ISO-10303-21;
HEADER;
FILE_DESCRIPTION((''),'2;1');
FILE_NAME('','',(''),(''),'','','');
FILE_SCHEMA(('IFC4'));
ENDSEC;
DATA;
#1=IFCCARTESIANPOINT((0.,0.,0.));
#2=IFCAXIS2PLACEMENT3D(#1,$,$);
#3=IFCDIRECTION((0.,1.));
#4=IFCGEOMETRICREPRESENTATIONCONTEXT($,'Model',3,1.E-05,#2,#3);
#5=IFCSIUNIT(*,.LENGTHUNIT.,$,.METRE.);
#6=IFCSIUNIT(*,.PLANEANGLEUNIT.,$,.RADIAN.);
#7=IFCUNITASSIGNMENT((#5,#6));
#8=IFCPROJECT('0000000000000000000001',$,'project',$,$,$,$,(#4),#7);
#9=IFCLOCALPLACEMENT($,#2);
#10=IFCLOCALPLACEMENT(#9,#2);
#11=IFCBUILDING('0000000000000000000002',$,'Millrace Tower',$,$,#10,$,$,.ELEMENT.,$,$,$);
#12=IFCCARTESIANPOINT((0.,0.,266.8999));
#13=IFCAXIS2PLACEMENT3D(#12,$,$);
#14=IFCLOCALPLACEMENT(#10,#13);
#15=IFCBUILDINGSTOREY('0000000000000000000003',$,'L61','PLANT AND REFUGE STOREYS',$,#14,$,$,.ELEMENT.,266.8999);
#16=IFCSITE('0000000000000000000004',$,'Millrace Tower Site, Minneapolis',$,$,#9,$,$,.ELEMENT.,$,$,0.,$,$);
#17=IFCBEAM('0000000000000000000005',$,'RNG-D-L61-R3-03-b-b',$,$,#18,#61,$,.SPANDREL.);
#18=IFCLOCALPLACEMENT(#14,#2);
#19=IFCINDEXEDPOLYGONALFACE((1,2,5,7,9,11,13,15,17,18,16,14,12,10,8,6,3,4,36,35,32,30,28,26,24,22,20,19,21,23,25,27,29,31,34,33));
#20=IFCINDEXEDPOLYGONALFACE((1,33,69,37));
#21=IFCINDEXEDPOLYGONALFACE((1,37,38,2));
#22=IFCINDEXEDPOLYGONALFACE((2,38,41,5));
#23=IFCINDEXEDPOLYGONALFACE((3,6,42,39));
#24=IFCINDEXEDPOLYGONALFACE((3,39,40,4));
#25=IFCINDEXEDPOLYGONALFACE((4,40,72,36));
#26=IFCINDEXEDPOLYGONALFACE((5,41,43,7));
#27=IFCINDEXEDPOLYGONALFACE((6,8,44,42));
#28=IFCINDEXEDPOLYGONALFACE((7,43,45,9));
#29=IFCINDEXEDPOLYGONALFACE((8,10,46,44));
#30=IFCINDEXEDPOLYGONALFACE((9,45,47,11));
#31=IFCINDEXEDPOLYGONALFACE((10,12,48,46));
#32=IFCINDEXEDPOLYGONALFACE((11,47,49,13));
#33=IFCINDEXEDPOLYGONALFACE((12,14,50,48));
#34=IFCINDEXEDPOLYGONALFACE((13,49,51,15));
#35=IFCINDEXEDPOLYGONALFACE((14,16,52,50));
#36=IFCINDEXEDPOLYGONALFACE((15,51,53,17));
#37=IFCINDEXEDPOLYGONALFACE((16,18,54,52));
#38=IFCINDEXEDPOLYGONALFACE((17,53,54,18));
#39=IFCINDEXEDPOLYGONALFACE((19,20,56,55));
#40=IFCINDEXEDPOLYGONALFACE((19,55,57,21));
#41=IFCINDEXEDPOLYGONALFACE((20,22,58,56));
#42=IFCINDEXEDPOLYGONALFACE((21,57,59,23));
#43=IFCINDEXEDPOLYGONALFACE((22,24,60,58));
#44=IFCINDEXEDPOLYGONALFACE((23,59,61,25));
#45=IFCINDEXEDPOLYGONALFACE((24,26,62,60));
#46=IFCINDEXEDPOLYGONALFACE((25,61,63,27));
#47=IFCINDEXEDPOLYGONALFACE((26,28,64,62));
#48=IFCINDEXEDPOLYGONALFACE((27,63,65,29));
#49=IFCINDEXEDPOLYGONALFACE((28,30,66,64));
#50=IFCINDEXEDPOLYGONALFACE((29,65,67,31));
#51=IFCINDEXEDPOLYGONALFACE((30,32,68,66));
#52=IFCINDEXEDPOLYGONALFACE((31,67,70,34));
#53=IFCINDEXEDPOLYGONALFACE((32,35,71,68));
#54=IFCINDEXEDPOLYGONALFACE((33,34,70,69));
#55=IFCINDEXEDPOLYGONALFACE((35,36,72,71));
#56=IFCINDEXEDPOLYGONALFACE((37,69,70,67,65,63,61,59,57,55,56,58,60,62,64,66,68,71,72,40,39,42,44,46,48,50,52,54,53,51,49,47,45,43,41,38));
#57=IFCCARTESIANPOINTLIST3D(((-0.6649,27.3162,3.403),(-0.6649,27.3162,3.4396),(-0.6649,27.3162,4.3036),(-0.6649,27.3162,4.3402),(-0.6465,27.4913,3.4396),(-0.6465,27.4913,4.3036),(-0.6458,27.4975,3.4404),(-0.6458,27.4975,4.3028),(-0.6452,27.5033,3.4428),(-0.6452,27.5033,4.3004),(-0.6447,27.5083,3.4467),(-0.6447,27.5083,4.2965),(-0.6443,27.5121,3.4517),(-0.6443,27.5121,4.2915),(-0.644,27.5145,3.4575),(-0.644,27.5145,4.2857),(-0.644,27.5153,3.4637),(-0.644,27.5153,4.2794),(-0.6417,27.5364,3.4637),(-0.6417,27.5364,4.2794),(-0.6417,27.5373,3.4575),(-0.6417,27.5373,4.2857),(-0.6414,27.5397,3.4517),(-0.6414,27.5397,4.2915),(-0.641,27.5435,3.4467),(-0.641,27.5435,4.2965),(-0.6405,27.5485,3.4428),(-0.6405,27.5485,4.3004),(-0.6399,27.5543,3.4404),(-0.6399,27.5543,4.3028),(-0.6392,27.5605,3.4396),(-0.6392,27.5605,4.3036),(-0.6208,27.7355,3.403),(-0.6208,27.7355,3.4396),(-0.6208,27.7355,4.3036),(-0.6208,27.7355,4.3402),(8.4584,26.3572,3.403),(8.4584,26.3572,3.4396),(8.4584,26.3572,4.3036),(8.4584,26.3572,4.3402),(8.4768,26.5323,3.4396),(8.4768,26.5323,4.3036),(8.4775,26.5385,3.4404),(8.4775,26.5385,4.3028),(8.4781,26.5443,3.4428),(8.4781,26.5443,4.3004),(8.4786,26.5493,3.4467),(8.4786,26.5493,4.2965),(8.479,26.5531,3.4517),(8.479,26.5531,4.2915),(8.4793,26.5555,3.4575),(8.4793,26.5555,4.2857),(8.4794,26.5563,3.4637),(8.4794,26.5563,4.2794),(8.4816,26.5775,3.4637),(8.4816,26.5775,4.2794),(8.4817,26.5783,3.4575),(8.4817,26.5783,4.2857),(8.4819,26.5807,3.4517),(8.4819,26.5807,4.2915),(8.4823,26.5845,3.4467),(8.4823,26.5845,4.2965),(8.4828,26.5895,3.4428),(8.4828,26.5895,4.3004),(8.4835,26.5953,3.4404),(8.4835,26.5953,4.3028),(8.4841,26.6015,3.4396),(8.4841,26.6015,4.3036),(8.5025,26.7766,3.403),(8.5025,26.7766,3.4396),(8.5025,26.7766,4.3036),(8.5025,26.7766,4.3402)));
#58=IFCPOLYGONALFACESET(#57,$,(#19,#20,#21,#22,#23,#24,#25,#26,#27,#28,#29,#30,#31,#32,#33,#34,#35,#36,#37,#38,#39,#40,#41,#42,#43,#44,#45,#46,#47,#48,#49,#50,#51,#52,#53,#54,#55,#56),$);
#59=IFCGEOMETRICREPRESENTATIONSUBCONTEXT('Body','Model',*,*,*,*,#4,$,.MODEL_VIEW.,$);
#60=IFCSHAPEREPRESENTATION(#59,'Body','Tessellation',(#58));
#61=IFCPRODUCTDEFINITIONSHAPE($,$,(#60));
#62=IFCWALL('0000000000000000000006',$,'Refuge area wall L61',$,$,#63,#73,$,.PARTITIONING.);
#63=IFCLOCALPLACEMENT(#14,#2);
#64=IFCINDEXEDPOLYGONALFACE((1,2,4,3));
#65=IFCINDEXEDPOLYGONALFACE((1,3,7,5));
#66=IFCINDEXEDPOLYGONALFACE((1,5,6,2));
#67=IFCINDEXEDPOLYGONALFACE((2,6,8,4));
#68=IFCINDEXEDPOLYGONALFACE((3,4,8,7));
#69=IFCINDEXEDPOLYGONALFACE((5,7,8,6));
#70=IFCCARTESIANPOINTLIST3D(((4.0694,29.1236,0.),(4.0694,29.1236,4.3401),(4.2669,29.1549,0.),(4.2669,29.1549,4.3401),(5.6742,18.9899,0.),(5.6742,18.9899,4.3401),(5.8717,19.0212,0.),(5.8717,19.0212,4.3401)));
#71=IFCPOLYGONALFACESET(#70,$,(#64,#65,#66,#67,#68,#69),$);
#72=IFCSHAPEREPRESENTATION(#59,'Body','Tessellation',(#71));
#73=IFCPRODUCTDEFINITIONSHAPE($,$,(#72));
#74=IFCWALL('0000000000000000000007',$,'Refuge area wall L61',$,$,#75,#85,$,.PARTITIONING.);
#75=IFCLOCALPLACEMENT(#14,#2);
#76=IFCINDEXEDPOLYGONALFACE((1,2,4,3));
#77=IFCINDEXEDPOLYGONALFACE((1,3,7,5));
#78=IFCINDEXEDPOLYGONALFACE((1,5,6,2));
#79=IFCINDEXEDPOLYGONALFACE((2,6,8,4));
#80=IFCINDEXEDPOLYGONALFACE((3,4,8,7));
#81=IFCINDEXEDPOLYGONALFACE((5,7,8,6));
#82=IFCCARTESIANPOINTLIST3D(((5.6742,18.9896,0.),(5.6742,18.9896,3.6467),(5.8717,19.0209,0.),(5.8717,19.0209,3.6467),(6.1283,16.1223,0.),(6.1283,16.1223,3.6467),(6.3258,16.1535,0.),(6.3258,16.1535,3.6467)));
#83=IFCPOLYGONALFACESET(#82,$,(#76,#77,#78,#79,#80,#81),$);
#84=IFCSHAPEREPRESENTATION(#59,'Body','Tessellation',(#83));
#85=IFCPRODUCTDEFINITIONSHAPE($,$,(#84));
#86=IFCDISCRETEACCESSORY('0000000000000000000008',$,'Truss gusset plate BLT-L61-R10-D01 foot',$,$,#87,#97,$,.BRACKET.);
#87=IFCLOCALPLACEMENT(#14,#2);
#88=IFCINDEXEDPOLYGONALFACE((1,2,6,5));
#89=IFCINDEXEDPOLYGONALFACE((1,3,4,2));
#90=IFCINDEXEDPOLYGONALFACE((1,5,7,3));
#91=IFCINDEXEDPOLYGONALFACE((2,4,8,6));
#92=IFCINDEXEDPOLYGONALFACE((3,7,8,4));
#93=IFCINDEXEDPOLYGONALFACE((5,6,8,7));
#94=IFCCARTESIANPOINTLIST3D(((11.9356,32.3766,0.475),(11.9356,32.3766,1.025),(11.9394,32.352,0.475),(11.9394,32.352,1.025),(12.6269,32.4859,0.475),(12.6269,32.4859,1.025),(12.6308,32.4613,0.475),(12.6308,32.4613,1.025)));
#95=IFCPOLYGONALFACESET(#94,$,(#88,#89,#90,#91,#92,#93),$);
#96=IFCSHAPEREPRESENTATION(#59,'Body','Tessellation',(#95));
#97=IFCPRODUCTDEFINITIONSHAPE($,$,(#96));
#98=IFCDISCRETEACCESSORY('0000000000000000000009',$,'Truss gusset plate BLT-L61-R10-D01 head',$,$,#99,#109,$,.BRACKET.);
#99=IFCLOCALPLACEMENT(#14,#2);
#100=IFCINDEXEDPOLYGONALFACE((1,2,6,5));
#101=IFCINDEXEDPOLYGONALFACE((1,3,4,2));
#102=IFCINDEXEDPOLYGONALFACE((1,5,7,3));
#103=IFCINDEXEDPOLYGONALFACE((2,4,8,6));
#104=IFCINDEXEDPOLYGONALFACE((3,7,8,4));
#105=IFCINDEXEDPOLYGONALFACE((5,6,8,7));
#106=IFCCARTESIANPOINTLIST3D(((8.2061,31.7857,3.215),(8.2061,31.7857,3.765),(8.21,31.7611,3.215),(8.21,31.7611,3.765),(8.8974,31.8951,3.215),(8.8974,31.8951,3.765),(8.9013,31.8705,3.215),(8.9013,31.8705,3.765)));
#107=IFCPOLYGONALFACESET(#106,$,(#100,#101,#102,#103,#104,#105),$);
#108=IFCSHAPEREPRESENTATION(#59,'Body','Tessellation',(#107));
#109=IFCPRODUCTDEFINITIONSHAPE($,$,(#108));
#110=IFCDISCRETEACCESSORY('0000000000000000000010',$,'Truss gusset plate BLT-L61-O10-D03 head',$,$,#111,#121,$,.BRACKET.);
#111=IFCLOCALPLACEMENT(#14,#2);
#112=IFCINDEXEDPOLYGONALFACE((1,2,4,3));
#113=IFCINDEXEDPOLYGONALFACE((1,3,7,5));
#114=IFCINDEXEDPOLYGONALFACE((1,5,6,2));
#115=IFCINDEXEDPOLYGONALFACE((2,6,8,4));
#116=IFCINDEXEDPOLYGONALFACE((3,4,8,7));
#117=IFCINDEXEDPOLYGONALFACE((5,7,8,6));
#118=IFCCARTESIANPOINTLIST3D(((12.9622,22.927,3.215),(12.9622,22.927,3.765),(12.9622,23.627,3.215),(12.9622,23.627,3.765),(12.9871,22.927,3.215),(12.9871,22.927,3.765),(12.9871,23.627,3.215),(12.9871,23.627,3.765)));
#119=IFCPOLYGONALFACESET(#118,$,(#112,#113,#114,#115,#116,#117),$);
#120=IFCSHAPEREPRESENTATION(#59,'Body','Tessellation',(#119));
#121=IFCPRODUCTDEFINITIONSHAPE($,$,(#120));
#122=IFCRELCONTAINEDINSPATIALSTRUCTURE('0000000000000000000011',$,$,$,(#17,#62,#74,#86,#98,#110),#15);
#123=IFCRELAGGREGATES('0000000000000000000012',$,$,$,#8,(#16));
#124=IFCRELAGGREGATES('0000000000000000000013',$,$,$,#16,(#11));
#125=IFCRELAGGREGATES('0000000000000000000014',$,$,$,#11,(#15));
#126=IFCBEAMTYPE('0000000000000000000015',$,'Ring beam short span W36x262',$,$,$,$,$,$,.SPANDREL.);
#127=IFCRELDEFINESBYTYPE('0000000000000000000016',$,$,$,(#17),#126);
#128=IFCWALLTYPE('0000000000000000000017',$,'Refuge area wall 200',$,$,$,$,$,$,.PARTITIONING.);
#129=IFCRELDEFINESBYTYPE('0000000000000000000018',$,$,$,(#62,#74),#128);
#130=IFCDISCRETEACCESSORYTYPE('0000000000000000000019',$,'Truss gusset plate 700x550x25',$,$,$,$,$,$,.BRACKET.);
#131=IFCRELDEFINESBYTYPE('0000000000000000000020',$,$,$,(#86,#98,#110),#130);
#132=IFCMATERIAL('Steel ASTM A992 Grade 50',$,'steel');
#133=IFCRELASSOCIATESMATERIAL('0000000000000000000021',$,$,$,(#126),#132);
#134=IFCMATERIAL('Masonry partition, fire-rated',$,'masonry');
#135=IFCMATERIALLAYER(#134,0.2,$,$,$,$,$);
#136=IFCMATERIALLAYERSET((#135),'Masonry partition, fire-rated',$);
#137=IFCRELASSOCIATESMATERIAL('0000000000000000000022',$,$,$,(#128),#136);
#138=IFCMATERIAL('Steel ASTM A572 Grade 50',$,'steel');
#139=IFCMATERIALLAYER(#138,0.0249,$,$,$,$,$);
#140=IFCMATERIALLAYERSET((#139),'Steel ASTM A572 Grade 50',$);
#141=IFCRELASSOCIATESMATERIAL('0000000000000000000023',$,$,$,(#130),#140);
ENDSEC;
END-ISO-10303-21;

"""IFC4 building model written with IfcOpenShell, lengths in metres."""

from ifc_helpers import new_model, si_unit, direction, frame, frame_2d, origin, origin_2d, place, context, subcontext, project, spatial, rectangle, i_section, extrude, material, layer, layer_set, material_profile, profile_set, type_object, element, save


model = new_model("IFC4")

# Units and contexts
model_context = context("Model", 3, precision=1e-05, world=origin(), true_north=direction((0.0, 1.0)))
body_context = subcontext(model_context, "Body", "Model", "MODEL_VIEW")
ifc_project = project(units=[si_unit("LENGTHUNIT", "METRE"), si_unit("PLANEANGLEUNIT", "RADIAN")], contexts=[model_context])

# Site, building, storey
site_placement = place(None, origin())
site = spatial("IfcSite", under=ifc_project, at=site_placement, Name="Millrace Tower Site, Minneapolis", CompositionType="ELEMENT", RefElevation=0.0)
building_placement = place(site_placement, origin())
building = spatial("IfcBuilding", under=site, at=building_placement, Name="Millrace Tower", CompositionType="ELEMENT")
storey_placement = place(building_placement, frame((0.0, 0.0, 266.8999)))
storey = spatial("IfcBuildingStorey", under=building, at=storey_placement, Name="L61", Description="PLANT AND REFUGE STOREYS", CompositionType="ELEMENT", Elevation=266.8999)

# Beam
ifc_material_1 = material(Name="Steel ASTM A992 Grade 50", Category="steel")
ifc_material_profile_1 = material_profile(ifc_material_1, i_section(OverallWidth=0.4216, OverallDepth=0.9373, WebThickness=0.0212, FlangeThickness=0.0366, FilletRadius=0.0242, at=origin_2d()))
ifc_profile_set_1 = profile_set([ifc_material_profile_1], Name="Steel ASTM A992 Grade 50")
beam_type_1 = type_object("IfcBeamType", Name="Ring beam short span W36x262", PredefinedType="SPANDREL", material=ifc_profile_set_1)
beam_1_placement = place(storey_placement, frame((8.4805, 26.5669, 3.8716), z_axis=(-0.994521, 0.104538, 0.0), x_axis=(-0.104538, -0.994521, 0.0)))
element("IfcBeam", 1, at=beam_1_placement, inside=storey, type_object=beam_type_1, Name="RNG-D-L61-R3-03-b-b", PredefinedType="SPANDREL", context=body_context, shape_type="SweptSolid", body=[
    extrude(i_section(OverallWidth=0.4216, OverallDepth=0.9373, WebThickness=0.0212, FlangeThickness=0.0366, FilletRadius=0.0242, at=origin_2d()), origin(), (0.0, 0.0, 1.0), 9.1736),
])

# Walls
ifc_material_2 = material(Name="Masonry partition, fire-rated", Category="masonry")
ifc_layer_1 = layer(ifc_material_2, 0.2)
ifc_layer_set_1 = layer_set([ifc_layer_1], Name="Masonry partition, fire-rated")
wall_type = type_object("IfcWallType", Name="Refuge area wall 200", PredefinedType="PARTITIONING", material=ifc_layer_set_1)
wall_1_placement = place(storey_placement, frame((4.1682, 29.1392, 0.0), z_axis=(0.0, 0.0, 1.0), x_axis=(0.156406, -0.987693, 0.0)))
element("IfcWall", 2, at=wall_1_placement, inside=storey, type_object=wall_type, Name="Refuge area wall L61", PredefinedType="PARTITIONING", context=body_context, shape_type="SweptSolid", body=[
    extrude(rectangle(XDim=10.26, YDim=0.2, at=frame_2d((5.1299, 0.0))), origin(), (0.0, 0.0, 1.0), 4.3401),
])
wall_2_placement = place(storey_placement, frame((5.7729, 19.0054, 0.0), z_axis=(0.0, 0.0, 1.0), x_axis=(0.156416, -0.987691, 0.0)))
element("IfcWall", 3, at=wall_2_placement, inside=storey, type_object=wall_type, Name="Refuge area wall L61", PredefinedType="PARTITIONING", context=body_context, shape_type="SweptSolid", body=[
    extrude(rectangle(XDim=2.9031, YDim=0.2, at=frame_2d((1.4517, 0.0))), origin(), (0.0, 0.0, 1.0), 3.6467),
])

# Discrete accessories
ifc_material_3 = material(Name="Steel ASTM A572 Grade 50", Category="steel")
ifc_layer_2 = layer(ifc_material_3, 0.0249)
ifc_layer_set_2 = layer_set([ifc_layer_2], Name="Steel ASTM A572 Grade 50")
discrete_accessory_type = type_object("IfcDiscreteAccessoryType", Name="Truss gusset plate 700x550x25", PredefinedType="BRACKET", material=ifc_layer_set_2)
for number, where, z_axis, x_axis, name in (
    (4, (11.9375, 32.3643, 0.75), (0.987718, 0.156249, 0.0), (-0.156249, 0.987718, 0.0), "Truss gusset plate BLT-L61-R10-D01 foot"),
    (5, (8.208, 31.7734, 3.49), (0.987718, 0.156249, 0.0), (-0.156249, 0.987718, 0.0), "Truss gusset plate BLT-L61-R10-D01 head"),
    (6, (12.9746, 22.927, 3.49), (0.0, 1.0, 0.0), (-1.0, 0.0, 0.0), "Truss gusset plate BLT-L61-O10-D03 head"),
):
    element("IfcDiscreteAccessory", number, at=place(storey_placement, frame(where, z_axis=z_axis, x_axis=x_axis)), inside=storey, type_object=discrete_accessory_type, Name=name, PredefinedType="BRACKET", context=body_context, shape_type="SweptSolid", body=[
        extrude(rectangle(XDim=0.0249, YDim=0.55, at=origin_2d()), origin(), (0.0, 0.0, 1.0), 0.7),
    ])

save(model, "model.ifc")
